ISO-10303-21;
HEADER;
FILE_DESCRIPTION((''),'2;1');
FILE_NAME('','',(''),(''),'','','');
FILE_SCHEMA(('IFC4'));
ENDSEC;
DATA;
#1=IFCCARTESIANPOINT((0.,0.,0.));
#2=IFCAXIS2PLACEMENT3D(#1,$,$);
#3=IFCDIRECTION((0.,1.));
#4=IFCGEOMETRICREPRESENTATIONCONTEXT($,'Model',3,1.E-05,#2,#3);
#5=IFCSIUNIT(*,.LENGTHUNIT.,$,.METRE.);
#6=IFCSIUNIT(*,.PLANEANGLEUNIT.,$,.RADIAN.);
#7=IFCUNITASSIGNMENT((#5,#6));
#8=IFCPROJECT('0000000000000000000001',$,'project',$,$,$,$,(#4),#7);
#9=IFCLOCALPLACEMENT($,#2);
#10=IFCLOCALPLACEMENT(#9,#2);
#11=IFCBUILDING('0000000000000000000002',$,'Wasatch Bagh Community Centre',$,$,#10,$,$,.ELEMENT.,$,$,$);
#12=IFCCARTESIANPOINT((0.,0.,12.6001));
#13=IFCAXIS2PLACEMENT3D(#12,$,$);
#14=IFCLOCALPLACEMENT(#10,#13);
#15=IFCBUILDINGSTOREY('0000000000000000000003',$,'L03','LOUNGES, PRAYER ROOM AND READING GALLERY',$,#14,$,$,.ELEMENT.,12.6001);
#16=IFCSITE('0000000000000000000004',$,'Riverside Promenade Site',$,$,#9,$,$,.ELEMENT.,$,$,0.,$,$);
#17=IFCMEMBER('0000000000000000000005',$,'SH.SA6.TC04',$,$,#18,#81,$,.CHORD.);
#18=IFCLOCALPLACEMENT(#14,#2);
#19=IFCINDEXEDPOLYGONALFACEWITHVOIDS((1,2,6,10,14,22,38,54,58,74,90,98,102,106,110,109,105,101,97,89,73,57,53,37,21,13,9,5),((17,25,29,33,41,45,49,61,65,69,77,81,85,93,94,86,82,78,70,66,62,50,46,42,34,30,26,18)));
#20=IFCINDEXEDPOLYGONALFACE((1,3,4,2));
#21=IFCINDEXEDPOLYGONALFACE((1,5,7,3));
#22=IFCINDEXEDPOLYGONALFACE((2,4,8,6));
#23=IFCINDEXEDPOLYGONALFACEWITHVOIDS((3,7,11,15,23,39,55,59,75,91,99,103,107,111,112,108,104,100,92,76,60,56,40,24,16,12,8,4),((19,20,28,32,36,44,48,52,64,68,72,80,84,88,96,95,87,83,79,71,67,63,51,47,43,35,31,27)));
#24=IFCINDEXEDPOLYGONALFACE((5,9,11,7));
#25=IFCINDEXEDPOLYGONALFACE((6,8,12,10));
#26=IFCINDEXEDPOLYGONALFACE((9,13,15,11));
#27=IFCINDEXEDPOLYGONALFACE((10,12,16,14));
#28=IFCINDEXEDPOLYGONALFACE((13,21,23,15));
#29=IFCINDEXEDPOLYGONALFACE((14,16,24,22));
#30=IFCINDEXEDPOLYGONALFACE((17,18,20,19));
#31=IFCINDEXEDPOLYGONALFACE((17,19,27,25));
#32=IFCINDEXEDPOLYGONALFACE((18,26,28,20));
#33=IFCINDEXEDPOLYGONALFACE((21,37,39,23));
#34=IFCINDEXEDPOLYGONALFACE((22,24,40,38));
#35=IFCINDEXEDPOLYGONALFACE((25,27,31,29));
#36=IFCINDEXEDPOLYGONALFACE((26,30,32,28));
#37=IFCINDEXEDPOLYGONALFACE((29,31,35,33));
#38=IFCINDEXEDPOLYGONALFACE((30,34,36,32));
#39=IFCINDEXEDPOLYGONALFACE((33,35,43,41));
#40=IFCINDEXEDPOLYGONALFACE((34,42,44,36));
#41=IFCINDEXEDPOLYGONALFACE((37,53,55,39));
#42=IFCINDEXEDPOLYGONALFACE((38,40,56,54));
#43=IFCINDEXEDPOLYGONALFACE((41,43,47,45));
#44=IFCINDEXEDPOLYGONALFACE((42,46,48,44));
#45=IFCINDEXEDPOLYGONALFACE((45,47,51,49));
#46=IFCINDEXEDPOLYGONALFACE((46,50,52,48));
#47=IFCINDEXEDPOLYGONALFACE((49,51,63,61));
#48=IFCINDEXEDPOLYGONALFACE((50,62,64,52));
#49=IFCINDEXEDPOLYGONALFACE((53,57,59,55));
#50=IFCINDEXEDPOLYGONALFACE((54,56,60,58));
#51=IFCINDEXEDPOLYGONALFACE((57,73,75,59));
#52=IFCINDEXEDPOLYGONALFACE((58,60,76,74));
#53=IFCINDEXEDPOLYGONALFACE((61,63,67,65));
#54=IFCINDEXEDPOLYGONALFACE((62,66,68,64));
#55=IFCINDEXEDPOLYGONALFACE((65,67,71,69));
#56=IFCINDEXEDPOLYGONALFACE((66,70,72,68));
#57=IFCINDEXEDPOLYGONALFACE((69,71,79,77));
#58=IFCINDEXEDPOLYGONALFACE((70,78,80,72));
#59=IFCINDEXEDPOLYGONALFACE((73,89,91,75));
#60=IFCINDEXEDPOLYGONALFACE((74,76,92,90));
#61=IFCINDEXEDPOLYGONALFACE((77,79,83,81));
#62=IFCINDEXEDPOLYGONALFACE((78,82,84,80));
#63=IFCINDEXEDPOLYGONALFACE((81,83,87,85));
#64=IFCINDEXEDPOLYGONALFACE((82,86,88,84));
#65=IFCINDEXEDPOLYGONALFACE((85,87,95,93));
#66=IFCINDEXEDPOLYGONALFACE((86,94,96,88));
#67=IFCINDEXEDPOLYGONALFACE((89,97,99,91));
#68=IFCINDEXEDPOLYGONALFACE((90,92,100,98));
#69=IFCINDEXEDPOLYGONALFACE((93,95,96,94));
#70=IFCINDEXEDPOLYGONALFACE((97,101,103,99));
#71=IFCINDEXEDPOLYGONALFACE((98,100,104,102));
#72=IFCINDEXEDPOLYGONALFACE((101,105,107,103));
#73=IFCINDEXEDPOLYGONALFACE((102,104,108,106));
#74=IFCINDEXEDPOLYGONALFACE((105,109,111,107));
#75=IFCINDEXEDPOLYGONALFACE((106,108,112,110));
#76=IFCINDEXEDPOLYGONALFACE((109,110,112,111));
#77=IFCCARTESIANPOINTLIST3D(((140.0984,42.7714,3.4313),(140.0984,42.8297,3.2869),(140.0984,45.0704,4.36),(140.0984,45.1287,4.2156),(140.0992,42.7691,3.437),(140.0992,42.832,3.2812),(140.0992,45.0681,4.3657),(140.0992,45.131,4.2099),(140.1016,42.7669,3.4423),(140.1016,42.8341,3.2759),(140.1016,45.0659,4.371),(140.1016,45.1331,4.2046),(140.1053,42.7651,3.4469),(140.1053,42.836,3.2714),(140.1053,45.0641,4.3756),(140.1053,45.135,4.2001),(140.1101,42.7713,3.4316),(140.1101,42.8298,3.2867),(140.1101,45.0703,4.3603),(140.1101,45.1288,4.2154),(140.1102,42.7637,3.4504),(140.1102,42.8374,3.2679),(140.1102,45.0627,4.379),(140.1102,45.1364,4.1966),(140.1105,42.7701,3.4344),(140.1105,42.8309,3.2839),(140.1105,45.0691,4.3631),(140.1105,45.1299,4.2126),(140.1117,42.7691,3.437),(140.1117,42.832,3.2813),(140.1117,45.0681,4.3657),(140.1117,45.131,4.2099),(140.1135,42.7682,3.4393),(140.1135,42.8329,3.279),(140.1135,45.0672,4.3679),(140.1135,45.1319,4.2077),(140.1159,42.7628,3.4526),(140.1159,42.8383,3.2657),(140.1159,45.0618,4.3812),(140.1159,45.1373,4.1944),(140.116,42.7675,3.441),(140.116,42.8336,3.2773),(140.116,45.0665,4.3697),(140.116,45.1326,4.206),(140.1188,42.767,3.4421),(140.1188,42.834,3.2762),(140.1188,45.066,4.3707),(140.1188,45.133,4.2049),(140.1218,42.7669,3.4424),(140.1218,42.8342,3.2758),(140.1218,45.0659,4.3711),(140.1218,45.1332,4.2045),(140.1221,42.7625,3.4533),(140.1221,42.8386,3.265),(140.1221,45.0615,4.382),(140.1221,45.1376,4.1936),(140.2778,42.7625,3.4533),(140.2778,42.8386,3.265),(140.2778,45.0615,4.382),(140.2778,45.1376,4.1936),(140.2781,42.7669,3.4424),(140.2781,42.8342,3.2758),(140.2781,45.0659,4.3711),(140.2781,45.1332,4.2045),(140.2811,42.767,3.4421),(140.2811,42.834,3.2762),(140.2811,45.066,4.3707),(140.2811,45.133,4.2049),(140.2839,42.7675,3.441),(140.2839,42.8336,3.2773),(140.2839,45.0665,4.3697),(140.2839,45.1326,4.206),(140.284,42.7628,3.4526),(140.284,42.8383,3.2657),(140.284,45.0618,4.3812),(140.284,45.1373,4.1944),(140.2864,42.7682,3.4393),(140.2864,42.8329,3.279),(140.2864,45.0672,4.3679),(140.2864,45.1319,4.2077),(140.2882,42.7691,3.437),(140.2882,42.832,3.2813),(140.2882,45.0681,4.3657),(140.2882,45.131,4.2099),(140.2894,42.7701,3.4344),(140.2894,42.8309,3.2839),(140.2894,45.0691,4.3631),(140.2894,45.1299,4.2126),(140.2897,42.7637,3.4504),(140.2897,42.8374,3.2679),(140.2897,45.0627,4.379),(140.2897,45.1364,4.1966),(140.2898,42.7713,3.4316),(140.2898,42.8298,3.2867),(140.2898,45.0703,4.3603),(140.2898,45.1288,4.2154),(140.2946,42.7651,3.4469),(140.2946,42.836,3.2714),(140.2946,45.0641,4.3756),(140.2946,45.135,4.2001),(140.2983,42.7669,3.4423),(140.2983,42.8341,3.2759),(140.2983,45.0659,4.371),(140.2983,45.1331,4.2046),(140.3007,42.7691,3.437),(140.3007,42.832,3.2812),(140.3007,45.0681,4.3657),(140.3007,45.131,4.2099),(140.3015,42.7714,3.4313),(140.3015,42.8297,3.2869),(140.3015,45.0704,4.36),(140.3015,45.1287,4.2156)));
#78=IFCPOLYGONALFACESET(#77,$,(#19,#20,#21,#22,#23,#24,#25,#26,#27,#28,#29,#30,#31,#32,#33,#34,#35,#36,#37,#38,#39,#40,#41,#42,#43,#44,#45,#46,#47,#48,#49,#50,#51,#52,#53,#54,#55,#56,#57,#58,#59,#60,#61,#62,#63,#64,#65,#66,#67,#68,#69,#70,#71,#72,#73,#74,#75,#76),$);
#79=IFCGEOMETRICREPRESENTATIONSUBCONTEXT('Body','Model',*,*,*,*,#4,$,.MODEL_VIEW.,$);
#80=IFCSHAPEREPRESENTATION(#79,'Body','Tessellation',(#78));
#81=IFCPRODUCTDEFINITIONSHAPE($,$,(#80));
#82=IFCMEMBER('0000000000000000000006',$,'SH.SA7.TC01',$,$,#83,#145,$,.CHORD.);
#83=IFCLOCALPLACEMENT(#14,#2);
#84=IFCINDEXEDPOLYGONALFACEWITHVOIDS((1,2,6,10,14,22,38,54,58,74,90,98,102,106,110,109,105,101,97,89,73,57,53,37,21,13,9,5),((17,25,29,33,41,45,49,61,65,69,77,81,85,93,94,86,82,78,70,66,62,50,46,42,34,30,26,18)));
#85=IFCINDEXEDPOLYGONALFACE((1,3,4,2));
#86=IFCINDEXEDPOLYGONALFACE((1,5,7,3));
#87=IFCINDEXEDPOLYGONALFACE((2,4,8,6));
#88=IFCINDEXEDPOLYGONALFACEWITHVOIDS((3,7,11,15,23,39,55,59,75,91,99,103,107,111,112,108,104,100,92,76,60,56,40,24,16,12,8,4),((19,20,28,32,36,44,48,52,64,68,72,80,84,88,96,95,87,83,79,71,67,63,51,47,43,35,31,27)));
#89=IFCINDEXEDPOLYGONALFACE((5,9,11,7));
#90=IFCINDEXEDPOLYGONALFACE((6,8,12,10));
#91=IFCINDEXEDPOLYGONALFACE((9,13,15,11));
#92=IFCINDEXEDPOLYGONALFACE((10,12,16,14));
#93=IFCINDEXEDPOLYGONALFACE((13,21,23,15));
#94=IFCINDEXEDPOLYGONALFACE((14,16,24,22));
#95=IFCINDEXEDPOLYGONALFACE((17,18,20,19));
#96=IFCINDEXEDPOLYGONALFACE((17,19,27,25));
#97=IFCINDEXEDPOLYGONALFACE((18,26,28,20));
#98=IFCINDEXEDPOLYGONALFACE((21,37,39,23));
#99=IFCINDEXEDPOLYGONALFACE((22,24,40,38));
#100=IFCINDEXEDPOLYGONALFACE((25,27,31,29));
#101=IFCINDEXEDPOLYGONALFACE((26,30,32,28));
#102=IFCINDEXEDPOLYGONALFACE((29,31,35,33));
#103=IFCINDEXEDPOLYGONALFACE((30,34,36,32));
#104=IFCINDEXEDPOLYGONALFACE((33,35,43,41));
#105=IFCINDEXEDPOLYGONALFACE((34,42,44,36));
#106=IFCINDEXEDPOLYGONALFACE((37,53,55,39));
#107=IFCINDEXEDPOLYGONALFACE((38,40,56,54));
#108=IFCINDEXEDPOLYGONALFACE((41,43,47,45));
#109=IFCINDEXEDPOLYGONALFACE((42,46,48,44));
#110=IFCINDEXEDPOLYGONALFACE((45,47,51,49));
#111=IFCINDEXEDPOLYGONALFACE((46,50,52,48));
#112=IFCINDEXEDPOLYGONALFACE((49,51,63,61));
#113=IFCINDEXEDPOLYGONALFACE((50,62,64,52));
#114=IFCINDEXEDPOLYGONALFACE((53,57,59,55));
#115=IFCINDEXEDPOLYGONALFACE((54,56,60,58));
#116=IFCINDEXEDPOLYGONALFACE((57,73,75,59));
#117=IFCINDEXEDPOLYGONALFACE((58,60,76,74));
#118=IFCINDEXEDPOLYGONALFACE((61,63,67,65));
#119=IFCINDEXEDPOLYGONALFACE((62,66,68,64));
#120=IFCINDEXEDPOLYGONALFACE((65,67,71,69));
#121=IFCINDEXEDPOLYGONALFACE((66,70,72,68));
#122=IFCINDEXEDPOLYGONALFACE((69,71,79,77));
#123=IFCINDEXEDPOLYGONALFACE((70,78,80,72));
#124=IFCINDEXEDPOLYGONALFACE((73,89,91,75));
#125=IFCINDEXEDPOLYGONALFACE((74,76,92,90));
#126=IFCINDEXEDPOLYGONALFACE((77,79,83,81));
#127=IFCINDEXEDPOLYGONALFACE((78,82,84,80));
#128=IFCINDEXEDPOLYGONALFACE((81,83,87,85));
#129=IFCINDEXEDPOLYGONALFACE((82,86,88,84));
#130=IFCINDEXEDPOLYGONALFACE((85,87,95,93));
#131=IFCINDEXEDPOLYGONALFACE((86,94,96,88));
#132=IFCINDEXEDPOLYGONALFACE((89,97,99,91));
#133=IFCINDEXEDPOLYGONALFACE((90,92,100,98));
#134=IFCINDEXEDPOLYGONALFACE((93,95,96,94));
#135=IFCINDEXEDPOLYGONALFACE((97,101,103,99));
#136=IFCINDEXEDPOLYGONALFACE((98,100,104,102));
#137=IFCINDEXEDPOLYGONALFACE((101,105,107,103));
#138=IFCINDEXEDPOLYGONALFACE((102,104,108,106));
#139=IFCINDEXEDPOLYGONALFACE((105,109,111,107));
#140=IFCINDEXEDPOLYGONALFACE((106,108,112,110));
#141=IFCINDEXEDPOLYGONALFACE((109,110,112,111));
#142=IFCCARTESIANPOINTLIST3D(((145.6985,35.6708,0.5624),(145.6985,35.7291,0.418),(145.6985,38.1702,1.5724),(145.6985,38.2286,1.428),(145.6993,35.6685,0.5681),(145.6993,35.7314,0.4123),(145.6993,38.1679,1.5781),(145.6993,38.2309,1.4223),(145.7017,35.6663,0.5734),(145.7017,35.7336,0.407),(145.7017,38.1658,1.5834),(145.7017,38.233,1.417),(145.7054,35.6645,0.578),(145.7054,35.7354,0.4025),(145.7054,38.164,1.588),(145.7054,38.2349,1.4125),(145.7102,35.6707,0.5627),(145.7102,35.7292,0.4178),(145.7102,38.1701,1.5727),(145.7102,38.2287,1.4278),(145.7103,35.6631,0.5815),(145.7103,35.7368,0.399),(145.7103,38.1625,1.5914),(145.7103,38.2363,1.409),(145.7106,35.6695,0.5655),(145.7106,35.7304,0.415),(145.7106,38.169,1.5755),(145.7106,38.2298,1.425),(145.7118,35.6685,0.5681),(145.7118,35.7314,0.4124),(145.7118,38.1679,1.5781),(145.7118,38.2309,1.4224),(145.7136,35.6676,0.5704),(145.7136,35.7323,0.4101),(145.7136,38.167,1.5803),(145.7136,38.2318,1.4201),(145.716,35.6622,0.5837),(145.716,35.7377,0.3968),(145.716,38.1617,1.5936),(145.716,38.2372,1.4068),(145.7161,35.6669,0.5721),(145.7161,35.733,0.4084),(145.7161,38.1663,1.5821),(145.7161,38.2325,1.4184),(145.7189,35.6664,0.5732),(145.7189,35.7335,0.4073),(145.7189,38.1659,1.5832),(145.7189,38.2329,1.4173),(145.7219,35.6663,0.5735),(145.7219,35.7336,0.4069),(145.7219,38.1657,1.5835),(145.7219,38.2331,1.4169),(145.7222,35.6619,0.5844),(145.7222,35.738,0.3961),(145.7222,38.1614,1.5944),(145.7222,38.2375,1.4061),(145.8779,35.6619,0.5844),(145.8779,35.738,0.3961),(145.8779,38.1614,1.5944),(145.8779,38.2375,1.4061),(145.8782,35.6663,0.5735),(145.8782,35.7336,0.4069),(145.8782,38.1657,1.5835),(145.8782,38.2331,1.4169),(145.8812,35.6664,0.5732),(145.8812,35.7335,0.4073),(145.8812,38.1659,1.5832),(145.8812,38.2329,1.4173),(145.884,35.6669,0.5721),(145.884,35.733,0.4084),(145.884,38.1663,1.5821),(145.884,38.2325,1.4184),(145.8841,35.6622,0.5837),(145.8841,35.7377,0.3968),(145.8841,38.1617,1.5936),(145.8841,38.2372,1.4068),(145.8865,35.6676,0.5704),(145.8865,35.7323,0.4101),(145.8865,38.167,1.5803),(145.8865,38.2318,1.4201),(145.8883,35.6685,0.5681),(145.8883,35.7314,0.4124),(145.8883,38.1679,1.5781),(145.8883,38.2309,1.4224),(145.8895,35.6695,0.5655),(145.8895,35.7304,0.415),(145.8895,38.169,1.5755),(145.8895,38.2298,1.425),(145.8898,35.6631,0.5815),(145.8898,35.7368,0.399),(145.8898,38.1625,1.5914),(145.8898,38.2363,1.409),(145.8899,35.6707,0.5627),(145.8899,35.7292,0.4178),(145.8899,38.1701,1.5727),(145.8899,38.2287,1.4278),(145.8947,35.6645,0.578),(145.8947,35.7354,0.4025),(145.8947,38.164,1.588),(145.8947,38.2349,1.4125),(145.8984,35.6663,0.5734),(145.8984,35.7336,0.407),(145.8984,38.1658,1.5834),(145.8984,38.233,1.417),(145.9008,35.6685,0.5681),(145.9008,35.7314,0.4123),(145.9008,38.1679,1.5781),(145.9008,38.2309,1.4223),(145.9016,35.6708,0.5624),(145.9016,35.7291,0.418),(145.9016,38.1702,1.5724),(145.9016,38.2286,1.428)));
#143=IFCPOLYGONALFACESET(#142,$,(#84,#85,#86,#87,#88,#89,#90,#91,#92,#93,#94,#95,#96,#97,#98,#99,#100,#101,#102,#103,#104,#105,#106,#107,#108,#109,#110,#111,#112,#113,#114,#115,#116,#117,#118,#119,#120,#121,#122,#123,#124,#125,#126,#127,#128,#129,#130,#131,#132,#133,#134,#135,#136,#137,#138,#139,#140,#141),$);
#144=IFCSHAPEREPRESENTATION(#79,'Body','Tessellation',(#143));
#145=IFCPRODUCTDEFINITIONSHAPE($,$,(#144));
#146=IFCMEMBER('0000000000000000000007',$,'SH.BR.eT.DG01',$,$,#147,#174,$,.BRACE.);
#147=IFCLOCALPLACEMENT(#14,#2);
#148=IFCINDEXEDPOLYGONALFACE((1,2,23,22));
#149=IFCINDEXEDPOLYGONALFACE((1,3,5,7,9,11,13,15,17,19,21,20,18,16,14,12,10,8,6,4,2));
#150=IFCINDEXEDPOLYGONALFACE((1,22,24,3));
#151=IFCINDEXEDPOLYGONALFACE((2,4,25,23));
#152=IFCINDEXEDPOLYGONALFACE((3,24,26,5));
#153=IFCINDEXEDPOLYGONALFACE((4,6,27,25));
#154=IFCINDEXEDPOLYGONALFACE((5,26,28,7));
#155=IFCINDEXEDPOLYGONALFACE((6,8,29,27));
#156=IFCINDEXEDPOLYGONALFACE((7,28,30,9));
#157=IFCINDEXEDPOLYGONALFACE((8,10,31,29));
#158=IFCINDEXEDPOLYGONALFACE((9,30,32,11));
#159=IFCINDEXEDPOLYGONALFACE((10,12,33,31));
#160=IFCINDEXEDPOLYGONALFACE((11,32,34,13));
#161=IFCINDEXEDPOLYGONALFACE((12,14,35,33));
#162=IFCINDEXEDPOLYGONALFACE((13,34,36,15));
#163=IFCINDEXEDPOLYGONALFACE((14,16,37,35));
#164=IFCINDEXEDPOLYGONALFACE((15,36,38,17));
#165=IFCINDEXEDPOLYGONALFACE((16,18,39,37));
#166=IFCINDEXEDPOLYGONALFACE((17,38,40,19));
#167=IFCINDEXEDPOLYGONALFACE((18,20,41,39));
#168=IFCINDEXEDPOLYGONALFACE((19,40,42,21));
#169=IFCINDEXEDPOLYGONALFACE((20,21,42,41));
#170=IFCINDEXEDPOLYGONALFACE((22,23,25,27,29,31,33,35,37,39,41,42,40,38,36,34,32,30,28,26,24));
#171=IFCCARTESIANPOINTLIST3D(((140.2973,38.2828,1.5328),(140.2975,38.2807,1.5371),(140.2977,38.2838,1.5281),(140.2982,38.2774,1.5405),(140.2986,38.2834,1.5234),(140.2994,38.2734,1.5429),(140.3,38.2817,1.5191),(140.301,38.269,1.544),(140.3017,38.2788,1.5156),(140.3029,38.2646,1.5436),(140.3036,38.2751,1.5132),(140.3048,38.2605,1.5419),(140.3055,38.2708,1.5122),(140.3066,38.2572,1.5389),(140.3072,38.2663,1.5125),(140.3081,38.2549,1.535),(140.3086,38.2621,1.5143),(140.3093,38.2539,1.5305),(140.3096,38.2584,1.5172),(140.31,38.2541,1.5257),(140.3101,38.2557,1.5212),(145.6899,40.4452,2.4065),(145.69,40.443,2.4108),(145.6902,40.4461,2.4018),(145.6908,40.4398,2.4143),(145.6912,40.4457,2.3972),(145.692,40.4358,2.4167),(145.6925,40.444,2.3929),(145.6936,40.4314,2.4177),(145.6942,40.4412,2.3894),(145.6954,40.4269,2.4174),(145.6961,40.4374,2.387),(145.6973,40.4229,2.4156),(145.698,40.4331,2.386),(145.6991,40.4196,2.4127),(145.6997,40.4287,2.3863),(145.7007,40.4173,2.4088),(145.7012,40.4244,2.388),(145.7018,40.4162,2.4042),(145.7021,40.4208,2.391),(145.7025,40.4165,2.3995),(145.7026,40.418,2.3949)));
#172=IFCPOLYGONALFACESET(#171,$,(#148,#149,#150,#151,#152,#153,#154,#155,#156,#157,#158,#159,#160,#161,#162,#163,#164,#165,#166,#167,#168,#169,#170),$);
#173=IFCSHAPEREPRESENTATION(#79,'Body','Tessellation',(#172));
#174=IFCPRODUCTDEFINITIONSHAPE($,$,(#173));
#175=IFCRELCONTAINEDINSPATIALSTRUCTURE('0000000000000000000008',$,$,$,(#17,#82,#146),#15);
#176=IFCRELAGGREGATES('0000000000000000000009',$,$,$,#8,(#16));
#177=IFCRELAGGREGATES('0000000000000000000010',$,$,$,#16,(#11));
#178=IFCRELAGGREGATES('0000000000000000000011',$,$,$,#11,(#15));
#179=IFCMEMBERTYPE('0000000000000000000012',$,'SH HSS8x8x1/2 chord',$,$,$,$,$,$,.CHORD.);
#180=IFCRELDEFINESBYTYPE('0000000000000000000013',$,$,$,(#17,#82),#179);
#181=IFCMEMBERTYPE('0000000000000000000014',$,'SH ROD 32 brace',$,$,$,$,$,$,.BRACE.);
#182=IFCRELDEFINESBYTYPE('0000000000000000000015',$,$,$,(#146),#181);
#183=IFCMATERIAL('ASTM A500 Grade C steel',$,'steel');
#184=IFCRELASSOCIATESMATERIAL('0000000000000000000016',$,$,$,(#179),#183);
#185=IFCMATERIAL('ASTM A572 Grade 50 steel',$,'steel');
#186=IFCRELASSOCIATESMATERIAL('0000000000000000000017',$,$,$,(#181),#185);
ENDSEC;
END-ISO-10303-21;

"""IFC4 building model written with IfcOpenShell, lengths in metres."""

from ifc_helpers import new_model, si_unit, direction, frame, origin, origin_2d, place, context, subcontext, project, spatial, hollow_rectangle, circle, extrude, material, material_profile, profile_set, type_object, element, save


model = new_model("IFC4")

# Units and contexts
model_context = context("Model", 3, precision=1e-05, world=origin(), true_north=direction((0.0, 1.0)))
body_context = subcontext(model_context, "Body", "Model", "MODEL_VIEW")
ifc_project = project(units=[si_unit("LENGTHUNIT", "METRE"), si_unit("PLANEANGLEUNIT", "RADIAN")], contexts=[model_context])

# Site, building, storey
site_placement = place(None, origin())
site = spatial("IfcSite", under=ifc_project, at=site_placement, Name="Riverside Promenade Site", CompositionType="ELEMENT", RefElevation=0.0)
building_placement = place(site_placement, origin())
building = spatial("IfcBuilding", under=site, at=building_placement, Name="Wasatch Bagh Community Centre", CompositionType="ELEMENT")
storey_placement = place(building_placement, frame((0.0, 0.0, 12.6001)))
storey = spatial("IfcBuildingStorey", under=building, at=storey_placement, Name="L03", Description="LOUNGES, PRAYER ROOM AND READING GALLERY", CompositionType="ELEMENT", Elevation=12.6001)

# Members
ifc_material_1 = material(Name="ASTM A500 Grade C steel", Category="steel")
ifc_material_profile_1 = material_profile(ifc_material_1, hollow_rectangle(XDim=0.2031, YDim=0.2031, WallThickness=0.0117, InnerFilletRadius=0.0117, OuterFilletRadius=0.0237, at=origin_2d()), Name="HSS8x8x1/2")
ifc_profile_set_1 = profile_set([ifc_material_profile_1], Name="ASTM A500 Grade C steel")
member_type_1 = type_object("IfcMemberType", Name="SH HSS8x8x1/2 chord", PredefinedType="CHORD", material=ifc_profile_set_1)
member_1_placement = place(storey_placement, frame((140.2, 42.8005, 3.3591), z_axis=(0.0, 0.927208, 0.374546), x_axis=(-1.0, 0.0, 0.0)))
element("IfcMember", 1, at=member_1_placement, inside=storey, type_object=member_type_1, Name="SH.SA6.TC04", PredefinedType="CHORD", context=body_context, shape_type="SweptSolid", body=[
    extrude(hollow_rectangle(XDim=0.2031, YDim=0.2031, WallThickness=0.0117, InnerFilletRadius=0.0117, OuterFilletRadius=0.0237, at=origin_2d()), origin(), (0.0, 0.0, 1.0), 2.4795),
])
member_2_placement = place(storey_placement, frame((145.8, 35.7, 0.4902), z_axis=(0.0, 0.927166, 0.374652), x_axis=(-1.0, 0.0, 0.0)))
element("IfcMember", 2, at=member_2_placement, inside=storey, type_object=member_type_1, Name="SH.SA7.TC01", PredefinedType="CHORD", context=body_context, shape_type="SweptSolid", body=[
    extrude(hollow_rectangle(XDim=0.2031, YDim=0.2031, WallThickness=0.0117, InnerFilletRadius=0.0117, OuterFilletRadius=0.0237, at=origin_2d()), origin(), (0.0, 0.0, 1.0), 2.6958),
])
ifc_material_2 = material(Name="ASTM A572 Grade 50 steel", Category="steel")
ifc_material_profile_2 = material_profile(ifc_material_2, circle(Radius=0.0161, at=origin_2d()), Name="ROD 32")
ifc_profile_set_2 = profile_set([ifc_material_profile_2], Name="ASTM A572 Grade 50 steel")
member_type_2 = type_object("IfcMemberType", Name="SH ROD 32 brace", PredefinedType="BRACE", material=ifc_profile_set_2)
member_3_placement = place(storey_placement, frame((140.3037, 38.2688, 1.5281), z_axis=(0.917839, 0.368041, 0.148721), x_axis=(-0.37218, 0.92816, 0.0)))
element("IfcMember", 3, at=member_3_placement, inside=storey, type_object=member_type_2, Name="SH.BR.eT.DG01", PredefinedType="BRACE", context=body_context, shape_type="SweptSolid", body=[
    extrude(circle(Radius=0.0161, at=origin_2d()), origin(), (0.0, 0.0, 1.0), 5.8752),
])

save(model, "model.ifc")
